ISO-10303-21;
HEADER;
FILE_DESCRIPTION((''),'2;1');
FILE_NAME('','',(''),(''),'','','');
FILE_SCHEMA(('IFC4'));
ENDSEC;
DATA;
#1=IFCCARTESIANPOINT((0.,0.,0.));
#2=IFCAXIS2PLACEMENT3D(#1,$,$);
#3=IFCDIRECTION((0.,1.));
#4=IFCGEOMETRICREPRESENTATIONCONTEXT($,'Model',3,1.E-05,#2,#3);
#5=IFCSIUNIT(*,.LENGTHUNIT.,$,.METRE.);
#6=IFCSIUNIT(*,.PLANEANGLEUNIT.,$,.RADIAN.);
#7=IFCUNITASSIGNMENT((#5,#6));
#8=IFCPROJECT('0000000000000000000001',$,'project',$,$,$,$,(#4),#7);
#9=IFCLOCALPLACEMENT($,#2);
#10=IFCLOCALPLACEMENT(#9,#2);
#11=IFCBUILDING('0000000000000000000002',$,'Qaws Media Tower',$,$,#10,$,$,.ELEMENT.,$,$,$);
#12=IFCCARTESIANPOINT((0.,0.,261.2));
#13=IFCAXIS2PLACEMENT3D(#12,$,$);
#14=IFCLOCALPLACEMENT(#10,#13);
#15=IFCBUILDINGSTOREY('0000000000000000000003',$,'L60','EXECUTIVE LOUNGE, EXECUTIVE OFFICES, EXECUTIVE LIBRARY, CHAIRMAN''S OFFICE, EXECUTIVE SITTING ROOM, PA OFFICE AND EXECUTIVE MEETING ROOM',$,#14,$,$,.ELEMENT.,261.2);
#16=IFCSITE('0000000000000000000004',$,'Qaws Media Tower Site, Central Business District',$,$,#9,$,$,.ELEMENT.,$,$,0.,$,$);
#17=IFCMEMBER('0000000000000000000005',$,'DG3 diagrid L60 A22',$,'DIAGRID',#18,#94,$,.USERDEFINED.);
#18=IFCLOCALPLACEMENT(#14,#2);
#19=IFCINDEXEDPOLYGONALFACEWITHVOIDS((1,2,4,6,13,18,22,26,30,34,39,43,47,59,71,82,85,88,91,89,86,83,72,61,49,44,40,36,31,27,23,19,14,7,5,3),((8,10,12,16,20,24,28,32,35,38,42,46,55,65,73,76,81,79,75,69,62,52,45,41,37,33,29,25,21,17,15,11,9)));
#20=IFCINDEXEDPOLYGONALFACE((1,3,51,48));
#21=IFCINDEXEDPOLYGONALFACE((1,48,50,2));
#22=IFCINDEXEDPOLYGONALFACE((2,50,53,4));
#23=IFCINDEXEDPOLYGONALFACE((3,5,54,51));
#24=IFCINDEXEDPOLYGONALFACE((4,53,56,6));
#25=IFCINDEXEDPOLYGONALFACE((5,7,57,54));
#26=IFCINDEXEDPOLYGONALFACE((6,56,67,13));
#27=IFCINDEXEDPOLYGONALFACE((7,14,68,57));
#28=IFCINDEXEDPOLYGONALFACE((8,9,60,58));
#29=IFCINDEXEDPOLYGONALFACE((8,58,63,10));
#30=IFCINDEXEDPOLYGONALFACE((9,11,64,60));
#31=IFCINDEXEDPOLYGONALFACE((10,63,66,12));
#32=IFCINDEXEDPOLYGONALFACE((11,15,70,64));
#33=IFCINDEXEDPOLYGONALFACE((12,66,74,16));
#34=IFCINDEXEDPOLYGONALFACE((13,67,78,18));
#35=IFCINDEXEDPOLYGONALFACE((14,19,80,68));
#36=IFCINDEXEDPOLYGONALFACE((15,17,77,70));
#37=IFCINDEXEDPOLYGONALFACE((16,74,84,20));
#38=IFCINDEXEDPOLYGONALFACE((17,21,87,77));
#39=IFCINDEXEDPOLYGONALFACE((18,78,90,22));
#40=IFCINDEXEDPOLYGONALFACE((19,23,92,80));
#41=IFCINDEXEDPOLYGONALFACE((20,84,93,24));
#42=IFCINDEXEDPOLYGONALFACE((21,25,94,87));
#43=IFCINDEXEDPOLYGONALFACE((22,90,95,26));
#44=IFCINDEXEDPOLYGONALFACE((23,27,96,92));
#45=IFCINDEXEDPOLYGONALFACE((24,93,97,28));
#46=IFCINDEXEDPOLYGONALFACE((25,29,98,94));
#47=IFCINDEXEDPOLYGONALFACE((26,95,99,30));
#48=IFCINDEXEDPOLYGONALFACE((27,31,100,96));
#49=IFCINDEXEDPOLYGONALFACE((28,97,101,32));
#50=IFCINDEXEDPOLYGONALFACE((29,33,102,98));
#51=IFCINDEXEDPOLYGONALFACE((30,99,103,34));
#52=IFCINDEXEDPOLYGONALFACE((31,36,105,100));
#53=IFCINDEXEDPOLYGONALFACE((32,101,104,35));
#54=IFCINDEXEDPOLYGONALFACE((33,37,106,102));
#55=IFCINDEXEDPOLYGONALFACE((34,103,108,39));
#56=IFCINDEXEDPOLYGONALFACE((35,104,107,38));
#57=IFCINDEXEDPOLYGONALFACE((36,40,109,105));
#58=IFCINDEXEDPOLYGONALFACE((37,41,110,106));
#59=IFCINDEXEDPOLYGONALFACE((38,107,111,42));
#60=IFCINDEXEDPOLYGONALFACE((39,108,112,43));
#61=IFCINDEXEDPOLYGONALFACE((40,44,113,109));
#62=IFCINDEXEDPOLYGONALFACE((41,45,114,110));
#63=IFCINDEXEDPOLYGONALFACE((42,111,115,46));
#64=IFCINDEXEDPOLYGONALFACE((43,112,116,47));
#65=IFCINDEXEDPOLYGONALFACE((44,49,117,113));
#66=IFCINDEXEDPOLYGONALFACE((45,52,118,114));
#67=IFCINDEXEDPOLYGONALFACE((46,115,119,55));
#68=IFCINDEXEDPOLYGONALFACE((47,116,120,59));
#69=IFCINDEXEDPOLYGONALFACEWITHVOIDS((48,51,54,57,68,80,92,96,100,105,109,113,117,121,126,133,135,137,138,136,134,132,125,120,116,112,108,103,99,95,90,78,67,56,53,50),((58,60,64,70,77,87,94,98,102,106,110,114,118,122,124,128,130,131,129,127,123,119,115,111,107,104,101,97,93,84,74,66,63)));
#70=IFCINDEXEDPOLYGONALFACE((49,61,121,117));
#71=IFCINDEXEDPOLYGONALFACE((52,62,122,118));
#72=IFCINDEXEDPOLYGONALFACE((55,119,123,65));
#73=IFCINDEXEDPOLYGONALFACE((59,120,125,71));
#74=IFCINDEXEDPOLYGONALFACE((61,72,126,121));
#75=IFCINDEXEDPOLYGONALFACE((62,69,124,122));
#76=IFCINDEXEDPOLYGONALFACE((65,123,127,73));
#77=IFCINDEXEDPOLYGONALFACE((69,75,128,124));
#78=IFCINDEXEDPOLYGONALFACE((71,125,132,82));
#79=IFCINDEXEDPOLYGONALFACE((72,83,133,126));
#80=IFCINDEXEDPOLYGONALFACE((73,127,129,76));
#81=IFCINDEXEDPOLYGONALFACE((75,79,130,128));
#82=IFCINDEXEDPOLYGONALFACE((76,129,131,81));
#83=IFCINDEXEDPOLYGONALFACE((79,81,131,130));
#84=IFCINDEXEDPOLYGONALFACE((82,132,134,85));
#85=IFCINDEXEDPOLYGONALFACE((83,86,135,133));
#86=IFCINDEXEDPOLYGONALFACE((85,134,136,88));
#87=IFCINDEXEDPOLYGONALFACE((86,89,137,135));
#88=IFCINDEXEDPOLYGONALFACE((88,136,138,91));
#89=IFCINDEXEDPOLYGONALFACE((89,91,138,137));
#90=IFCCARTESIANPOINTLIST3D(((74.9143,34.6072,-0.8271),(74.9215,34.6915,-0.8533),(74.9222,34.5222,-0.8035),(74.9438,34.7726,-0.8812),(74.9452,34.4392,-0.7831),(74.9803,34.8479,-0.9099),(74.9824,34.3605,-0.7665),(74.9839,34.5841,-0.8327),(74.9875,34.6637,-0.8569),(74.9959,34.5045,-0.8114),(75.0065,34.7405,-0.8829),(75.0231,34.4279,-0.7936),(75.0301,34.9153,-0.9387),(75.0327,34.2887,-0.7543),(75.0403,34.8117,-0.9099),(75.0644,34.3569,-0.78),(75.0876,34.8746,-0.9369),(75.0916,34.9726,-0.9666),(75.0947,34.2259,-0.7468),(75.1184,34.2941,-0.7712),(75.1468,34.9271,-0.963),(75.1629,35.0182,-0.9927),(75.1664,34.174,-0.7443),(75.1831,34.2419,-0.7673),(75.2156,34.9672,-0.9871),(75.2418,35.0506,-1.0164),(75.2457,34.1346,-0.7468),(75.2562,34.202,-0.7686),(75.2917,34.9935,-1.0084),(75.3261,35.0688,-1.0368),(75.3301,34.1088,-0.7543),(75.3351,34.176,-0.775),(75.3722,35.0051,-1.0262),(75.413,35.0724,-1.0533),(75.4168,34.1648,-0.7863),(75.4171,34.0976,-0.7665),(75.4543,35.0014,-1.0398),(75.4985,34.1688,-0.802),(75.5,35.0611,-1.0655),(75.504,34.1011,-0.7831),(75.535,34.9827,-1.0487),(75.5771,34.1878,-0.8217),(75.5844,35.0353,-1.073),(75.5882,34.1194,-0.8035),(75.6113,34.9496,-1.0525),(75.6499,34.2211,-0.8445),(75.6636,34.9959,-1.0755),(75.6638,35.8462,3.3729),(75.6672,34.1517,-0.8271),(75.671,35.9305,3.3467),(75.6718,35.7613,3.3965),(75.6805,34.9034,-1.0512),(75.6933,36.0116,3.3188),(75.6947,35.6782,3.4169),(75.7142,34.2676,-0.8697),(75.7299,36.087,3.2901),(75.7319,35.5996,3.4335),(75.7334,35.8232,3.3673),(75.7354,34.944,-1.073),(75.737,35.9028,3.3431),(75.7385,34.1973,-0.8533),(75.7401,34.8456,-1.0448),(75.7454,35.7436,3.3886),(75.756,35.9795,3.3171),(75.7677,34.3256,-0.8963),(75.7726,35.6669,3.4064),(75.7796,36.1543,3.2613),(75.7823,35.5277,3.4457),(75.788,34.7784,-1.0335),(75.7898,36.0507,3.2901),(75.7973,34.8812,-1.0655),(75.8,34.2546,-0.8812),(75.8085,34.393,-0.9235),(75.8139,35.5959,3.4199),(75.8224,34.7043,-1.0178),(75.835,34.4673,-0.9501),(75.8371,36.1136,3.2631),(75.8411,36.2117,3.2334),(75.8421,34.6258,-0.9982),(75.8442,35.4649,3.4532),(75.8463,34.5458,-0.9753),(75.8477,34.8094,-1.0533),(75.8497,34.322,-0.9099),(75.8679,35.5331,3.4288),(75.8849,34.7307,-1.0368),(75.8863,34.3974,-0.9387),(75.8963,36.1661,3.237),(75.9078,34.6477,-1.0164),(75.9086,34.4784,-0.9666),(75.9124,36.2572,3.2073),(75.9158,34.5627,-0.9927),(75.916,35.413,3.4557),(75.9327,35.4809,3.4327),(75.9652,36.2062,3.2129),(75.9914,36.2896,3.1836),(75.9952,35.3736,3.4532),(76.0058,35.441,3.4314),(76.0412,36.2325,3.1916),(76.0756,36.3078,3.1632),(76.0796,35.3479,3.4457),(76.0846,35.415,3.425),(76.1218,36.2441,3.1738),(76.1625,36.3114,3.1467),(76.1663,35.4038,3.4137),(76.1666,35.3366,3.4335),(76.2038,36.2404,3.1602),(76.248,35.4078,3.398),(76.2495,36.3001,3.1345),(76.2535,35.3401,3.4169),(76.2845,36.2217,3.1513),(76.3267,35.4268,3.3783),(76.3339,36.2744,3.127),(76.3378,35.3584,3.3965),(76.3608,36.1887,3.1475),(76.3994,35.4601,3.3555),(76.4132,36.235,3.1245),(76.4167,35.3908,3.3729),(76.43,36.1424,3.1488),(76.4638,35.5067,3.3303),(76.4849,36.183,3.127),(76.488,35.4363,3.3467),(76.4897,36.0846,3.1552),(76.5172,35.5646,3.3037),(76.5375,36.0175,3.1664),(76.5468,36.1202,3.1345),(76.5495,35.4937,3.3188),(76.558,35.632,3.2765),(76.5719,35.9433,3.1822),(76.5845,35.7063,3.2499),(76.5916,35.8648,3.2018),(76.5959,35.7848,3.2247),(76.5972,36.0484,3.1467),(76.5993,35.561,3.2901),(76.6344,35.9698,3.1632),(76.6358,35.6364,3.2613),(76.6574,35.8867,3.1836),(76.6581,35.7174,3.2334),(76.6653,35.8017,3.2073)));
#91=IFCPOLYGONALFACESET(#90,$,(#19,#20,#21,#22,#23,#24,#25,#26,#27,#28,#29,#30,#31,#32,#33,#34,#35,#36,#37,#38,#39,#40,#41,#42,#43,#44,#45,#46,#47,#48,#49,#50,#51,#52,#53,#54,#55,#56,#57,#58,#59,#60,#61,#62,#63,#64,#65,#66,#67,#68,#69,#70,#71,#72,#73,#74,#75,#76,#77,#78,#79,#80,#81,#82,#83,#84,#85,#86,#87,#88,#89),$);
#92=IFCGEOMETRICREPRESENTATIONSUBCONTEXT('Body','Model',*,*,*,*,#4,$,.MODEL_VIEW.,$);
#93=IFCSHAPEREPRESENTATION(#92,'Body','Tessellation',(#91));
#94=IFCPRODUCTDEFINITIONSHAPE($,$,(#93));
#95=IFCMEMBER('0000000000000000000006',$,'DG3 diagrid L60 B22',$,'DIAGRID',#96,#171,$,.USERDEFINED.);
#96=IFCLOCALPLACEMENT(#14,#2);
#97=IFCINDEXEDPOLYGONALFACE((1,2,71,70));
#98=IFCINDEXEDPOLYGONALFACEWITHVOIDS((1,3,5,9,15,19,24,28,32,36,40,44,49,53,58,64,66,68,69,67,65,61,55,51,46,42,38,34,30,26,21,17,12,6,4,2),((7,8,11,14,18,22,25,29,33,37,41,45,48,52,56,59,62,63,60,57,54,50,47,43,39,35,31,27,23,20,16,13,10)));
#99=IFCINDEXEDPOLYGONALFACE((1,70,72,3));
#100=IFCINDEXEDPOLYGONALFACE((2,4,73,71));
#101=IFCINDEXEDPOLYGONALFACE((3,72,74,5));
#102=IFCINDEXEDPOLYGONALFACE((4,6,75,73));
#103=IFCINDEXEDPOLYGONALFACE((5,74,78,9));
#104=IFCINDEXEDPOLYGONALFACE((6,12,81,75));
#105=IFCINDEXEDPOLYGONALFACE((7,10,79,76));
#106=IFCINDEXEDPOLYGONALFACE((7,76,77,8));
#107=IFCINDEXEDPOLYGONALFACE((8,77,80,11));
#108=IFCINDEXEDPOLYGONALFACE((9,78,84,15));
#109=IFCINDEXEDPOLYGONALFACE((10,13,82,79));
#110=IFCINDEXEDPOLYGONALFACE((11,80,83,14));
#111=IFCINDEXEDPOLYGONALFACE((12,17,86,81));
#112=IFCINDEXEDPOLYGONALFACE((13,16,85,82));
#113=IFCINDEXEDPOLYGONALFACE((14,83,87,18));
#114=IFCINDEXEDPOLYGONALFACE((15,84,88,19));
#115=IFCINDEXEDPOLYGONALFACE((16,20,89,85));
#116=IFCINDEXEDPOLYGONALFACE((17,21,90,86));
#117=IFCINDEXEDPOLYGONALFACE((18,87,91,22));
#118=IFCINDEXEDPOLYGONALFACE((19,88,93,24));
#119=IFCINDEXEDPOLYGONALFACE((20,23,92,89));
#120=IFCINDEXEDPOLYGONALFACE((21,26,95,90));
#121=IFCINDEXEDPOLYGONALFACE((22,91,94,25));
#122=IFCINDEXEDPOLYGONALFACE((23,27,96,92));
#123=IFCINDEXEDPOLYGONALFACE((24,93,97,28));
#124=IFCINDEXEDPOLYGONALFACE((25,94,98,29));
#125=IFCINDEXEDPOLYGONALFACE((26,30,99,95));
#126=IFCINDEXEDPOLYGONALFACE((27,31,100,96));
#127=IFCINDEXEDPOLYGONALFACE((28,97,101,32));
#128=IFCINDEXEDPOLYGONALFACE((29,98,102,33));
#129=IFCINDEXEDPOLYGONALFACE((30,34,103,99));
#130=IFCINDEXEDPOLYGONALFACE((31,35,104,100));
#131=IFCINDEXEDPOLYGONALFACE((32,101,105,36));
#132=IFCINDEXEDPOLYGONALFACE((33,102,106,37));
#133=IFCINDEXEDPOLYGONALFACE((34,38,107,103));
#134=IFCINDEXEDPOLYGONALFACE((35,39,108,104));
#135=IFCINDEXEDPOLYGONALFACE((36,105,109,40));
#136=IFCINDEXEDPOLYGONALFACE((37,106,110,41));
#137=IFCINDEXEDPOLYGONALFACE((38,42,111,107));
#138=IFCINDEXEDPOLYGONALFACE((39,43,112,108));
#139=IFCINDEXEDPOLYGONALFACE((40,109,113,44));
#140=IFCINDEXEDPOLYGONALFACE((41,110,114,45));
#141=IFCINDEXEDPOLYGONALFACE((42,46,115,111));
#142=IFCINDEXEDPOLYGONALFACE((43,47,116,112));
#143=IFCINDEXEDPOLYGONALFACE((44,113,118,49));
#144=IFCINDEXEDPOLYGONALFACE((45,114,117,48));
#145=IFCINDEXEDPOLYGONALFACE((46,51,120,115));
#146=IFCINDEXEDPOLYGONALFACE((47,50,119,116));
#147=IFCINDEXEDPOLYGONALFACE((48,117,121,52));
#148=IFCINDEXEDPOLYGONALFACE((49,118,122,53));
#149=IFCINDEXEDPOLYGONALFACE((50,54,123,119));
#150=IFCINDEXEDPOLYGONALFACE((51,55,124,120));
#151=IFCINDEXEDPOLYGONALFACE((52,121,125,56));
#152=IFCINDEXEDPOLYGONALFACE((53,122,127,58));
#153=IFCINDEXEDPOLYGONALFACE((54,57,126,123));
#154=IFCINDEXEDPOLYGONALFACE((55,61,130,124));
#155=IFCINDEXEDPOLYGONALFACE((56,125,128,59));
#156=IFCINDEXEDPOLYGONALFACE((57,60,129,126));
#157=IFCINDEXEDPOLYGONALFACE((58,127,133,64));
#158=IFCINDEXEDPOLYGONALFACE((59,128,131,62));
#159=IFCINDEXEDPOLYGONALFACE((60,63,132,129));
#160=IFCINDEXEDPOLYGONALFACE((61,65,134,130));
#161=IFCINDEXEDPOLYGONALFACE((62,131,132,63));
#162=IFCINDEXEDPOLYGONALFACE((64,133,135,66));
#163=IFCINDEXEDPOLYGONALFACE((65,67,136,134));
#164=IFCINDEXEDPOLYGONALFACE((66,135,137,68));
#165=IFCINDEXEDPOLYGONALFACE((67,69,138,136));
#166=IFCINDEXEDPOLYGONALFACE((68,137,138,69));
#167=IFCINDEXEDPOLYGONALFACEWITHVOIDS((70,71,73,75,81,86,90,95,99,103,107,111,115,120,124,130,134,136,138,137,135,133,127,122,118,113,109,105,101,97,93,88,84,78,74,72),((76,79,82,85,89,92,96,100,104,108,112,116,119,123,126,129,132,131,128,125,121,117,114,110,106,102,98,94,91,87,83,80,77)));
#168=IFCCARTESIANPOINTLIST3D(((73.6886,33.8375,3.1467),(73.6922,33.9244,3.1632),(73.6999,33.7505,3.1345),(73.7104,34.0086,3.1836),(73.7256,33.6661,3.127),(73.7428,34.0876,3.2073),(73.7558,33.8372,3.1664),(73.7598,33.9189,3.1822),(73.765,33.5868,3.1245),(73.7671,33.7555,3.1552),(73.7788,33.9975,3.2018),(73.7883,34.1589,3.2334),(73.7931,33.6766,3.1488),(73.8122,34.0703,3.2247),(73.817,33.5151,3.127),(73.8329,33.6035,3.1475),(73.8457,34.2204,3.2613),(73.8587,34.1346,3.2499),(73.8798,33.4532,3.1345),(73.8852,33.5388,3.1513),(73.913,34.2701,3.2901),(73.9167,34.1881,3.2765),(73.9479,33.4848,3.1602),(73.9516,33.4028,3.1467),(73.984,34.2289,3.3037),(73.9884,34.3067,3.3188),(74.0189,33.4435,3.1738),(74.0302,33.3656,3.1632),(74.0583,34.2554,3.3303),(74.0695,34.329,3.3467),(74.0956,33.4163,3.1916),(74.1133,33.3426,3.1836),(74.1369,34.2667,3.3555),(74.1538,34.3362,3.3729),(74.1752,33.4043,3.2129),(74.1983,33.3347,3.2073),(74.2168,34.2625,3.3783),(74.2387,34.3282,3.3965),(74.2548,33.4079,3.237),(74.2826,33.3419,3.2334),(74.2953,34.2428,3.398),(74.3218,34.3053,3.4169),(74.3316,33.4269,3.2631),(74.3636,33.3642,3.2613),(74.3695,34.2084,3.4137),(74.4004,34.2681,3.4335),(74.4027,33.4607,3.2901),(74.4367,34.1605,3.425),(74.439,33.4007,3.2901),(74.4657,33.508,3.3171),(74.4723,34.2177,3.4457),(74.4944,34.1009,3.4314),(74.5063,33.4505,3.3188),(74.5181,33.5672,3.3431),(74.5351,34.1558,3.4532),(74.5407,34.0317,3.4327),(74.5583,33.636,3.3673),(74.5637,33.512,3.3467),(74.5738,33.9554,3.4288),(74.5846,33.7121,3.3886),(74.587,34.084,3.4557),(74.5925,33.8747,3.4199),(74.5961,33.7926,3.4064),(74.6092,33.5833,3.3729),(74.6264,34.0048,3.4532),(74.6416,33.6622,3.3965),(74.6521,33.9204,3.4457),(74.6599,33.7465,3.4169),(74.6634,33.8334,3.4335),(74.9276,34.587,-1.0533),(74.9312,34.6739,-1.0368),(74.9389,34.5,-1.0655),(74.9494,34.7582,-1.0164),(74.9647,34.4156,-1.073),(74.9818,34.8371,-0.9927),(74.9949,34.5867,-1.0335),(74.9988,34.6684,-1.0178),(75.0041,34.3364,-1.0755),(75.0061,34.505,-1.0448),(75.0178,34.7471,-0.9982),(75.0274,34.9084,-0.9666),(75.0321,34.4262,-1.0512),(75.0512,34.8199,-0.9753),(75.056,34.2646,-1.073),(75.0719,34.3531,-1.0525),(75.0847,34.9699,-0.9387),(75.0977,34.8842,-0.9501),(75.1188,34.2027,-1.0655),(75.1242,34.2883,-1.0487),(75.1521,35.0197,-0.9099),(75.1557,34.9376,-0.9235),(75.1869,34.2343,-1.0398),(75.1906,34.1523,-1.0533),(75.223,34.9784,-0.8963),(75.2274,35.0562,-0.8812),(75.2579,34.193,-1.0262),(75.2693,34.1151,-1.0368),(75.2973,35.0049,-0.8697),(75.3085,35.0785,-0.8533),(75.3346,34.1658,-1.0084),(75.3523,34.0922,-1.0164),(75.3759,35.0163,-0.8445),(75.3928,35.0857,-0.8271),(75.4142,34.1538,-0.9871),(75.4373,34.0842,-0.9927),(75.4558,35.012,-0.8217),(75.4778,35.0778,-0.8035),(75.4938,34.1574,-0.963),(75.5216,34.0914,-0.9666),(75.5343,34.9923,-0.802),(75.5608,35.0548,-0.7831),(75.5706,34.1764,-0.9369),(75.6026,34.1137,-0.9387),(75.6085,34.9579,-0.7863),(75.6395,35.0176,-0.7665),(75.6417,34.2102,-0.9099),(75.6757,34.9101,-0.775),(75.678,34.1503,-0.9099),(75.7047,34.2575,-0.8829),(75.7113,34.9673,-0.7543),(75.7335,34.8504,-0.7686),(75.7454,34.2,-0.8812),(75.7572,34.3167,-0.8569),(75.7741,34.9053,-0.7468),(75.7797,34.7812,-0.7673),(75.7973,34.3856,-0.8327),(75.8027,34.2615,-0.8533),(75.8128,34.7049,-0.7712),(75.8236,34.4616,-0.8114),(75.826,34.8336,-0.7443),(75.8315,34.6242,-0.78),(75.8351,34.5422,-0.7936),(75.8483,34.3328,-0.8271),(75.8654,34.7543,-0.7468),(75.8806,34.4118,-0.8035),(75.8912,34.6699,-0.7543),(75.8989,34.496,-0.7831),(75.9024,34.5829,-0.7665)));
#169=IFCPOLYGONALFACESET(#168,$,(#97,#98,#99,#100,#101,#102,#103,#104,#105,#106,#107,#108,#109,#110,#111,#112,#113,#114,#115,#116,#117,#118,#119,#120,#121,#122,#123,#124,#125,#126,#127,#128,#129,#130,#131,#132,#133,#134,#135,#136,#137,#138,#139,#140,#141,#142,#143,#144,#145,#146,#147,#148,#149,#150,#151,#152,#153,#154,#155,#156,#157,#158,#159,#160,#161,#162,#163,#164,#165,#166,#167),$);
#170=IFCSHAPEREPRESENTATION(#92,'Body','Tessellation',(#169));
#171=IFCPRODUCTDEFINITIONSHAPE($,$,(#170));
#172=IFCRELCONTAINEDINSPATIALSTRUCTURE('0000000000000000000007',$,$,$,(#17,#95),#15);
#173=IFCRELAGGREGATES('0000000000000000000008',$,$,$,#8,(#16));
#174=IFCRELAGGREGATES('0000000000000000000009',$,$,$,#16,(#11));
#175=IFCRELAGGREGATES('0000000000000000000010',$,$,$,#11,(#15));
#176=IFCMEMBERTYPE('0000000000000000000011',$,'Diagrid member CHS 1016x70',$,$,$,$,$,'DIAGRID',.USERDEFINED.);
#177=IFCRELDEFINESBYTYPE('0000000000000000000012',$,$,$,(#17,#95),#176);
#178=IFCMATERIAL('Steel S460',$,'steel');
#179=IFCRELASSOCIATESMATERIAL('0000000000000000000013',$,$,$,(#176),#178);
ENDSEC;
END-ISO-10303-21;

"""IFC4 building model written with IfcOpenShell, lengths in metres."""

from ifc_helpers import new_model, si_unit, direction, frame, origin, origin_2d, place, context, subcontext, project, spatial, hollow_circle, extrude, material, material_profile, profile_set, type_object, element, save


model = new_model("IFC4")

# Units and contexts
model_context = context("Model", 3, precision=1e-05, world=origin(), true_north=direction((0.0, 1.0)))
body_context = subcontext(model_context, "Body", "Model", "MODEL_VIEW")
ifc_project = project(units=[si_unit("LENGTHUNIT", "METRE"), si_unit("PLANEANGLEUNIT", "RADIAN")], contexts=[model_context])

# Site, building, storey
site_placement = place(None, origin())
site = spatial("IfcSite", under=ifc_project, at=site_placement, Name="Qaws Media Tower Site, Central Business District", CompositionType="ELEMENT", RefElevation=0.0)
building_placement = place(site_placement, origin())
building = spatial("IfcBuilding", under=site, at=building_placement, Name="Qaws Media Tower", CompositionType="ELEMENT")
storey_placement = place(building_placement, frame((0.0, 0.0, 261.2)))
storey = spatial("IfcBuildingStorey", under=building, at=storey_placement, Name="L60", Description="EXECUTIVE LOUNGE, EXECUTIVE OFFICES, EXECUTIVE LIBRARY, CHAIRMAN'S OFFICE, EXECUTIVE SITTING ROOM, PA OFFICE AND EXECUTIVE MEETING ROOM", CompositionType="ELEMENT", Elevation=261.2)

# Members
ifc_material_1 = material(Name="Steel S460", Category="steel")
ifc_material_profile_1 = material_profile(ifc_material_1, hollow_circle(Radius=0.5081, WallThickness=0.0701, at=origin_2d()), Name="CHS 1016x70")
ifc_profile_set_1 = profile_set([ifc_material_profile_1], Name="Steel S460")
member_type_1 = type_object("IfcMemberType", Name="Diagrid member CHS 1016x70", ElementType="DIAGRID", PredefinedType="USERDEFINED", material=ifc_profile_set_1)
for number, where, z_axis, x_axis, name in (
    (1, (75.415, 34.585, -0.9099), (0.168711, 0.278895, 0.945386), (-0.855628, 0.517592, 0.0), "DG3 diagrid L60 A22"),
    (2, (75.415, 34.585, -0.9099), (-0.278895, -0.168711, 0.945386), (0.517592, -0.855628, 0.0), "DG3 diagrid L60 B22"),
):
    element("IfcMember", number, at=place(storey_placement, frame(where, z_axis=z_axis, x_axis=x_axis)), inside=storey, type_object=member_type_1, Name=name, ObjectType="DIAGRID", PredefinedType="USERDEFINED", context=body_context, shape_type="SweptSolid", body=[
        extrude(hollow_circle(Radius=0.5081, WallThickness=0.0701, at=origin_2d()), origin(), (0.0, 0.0, 1.0), 4.4426),
    ])

save(model, "model.ifc")
